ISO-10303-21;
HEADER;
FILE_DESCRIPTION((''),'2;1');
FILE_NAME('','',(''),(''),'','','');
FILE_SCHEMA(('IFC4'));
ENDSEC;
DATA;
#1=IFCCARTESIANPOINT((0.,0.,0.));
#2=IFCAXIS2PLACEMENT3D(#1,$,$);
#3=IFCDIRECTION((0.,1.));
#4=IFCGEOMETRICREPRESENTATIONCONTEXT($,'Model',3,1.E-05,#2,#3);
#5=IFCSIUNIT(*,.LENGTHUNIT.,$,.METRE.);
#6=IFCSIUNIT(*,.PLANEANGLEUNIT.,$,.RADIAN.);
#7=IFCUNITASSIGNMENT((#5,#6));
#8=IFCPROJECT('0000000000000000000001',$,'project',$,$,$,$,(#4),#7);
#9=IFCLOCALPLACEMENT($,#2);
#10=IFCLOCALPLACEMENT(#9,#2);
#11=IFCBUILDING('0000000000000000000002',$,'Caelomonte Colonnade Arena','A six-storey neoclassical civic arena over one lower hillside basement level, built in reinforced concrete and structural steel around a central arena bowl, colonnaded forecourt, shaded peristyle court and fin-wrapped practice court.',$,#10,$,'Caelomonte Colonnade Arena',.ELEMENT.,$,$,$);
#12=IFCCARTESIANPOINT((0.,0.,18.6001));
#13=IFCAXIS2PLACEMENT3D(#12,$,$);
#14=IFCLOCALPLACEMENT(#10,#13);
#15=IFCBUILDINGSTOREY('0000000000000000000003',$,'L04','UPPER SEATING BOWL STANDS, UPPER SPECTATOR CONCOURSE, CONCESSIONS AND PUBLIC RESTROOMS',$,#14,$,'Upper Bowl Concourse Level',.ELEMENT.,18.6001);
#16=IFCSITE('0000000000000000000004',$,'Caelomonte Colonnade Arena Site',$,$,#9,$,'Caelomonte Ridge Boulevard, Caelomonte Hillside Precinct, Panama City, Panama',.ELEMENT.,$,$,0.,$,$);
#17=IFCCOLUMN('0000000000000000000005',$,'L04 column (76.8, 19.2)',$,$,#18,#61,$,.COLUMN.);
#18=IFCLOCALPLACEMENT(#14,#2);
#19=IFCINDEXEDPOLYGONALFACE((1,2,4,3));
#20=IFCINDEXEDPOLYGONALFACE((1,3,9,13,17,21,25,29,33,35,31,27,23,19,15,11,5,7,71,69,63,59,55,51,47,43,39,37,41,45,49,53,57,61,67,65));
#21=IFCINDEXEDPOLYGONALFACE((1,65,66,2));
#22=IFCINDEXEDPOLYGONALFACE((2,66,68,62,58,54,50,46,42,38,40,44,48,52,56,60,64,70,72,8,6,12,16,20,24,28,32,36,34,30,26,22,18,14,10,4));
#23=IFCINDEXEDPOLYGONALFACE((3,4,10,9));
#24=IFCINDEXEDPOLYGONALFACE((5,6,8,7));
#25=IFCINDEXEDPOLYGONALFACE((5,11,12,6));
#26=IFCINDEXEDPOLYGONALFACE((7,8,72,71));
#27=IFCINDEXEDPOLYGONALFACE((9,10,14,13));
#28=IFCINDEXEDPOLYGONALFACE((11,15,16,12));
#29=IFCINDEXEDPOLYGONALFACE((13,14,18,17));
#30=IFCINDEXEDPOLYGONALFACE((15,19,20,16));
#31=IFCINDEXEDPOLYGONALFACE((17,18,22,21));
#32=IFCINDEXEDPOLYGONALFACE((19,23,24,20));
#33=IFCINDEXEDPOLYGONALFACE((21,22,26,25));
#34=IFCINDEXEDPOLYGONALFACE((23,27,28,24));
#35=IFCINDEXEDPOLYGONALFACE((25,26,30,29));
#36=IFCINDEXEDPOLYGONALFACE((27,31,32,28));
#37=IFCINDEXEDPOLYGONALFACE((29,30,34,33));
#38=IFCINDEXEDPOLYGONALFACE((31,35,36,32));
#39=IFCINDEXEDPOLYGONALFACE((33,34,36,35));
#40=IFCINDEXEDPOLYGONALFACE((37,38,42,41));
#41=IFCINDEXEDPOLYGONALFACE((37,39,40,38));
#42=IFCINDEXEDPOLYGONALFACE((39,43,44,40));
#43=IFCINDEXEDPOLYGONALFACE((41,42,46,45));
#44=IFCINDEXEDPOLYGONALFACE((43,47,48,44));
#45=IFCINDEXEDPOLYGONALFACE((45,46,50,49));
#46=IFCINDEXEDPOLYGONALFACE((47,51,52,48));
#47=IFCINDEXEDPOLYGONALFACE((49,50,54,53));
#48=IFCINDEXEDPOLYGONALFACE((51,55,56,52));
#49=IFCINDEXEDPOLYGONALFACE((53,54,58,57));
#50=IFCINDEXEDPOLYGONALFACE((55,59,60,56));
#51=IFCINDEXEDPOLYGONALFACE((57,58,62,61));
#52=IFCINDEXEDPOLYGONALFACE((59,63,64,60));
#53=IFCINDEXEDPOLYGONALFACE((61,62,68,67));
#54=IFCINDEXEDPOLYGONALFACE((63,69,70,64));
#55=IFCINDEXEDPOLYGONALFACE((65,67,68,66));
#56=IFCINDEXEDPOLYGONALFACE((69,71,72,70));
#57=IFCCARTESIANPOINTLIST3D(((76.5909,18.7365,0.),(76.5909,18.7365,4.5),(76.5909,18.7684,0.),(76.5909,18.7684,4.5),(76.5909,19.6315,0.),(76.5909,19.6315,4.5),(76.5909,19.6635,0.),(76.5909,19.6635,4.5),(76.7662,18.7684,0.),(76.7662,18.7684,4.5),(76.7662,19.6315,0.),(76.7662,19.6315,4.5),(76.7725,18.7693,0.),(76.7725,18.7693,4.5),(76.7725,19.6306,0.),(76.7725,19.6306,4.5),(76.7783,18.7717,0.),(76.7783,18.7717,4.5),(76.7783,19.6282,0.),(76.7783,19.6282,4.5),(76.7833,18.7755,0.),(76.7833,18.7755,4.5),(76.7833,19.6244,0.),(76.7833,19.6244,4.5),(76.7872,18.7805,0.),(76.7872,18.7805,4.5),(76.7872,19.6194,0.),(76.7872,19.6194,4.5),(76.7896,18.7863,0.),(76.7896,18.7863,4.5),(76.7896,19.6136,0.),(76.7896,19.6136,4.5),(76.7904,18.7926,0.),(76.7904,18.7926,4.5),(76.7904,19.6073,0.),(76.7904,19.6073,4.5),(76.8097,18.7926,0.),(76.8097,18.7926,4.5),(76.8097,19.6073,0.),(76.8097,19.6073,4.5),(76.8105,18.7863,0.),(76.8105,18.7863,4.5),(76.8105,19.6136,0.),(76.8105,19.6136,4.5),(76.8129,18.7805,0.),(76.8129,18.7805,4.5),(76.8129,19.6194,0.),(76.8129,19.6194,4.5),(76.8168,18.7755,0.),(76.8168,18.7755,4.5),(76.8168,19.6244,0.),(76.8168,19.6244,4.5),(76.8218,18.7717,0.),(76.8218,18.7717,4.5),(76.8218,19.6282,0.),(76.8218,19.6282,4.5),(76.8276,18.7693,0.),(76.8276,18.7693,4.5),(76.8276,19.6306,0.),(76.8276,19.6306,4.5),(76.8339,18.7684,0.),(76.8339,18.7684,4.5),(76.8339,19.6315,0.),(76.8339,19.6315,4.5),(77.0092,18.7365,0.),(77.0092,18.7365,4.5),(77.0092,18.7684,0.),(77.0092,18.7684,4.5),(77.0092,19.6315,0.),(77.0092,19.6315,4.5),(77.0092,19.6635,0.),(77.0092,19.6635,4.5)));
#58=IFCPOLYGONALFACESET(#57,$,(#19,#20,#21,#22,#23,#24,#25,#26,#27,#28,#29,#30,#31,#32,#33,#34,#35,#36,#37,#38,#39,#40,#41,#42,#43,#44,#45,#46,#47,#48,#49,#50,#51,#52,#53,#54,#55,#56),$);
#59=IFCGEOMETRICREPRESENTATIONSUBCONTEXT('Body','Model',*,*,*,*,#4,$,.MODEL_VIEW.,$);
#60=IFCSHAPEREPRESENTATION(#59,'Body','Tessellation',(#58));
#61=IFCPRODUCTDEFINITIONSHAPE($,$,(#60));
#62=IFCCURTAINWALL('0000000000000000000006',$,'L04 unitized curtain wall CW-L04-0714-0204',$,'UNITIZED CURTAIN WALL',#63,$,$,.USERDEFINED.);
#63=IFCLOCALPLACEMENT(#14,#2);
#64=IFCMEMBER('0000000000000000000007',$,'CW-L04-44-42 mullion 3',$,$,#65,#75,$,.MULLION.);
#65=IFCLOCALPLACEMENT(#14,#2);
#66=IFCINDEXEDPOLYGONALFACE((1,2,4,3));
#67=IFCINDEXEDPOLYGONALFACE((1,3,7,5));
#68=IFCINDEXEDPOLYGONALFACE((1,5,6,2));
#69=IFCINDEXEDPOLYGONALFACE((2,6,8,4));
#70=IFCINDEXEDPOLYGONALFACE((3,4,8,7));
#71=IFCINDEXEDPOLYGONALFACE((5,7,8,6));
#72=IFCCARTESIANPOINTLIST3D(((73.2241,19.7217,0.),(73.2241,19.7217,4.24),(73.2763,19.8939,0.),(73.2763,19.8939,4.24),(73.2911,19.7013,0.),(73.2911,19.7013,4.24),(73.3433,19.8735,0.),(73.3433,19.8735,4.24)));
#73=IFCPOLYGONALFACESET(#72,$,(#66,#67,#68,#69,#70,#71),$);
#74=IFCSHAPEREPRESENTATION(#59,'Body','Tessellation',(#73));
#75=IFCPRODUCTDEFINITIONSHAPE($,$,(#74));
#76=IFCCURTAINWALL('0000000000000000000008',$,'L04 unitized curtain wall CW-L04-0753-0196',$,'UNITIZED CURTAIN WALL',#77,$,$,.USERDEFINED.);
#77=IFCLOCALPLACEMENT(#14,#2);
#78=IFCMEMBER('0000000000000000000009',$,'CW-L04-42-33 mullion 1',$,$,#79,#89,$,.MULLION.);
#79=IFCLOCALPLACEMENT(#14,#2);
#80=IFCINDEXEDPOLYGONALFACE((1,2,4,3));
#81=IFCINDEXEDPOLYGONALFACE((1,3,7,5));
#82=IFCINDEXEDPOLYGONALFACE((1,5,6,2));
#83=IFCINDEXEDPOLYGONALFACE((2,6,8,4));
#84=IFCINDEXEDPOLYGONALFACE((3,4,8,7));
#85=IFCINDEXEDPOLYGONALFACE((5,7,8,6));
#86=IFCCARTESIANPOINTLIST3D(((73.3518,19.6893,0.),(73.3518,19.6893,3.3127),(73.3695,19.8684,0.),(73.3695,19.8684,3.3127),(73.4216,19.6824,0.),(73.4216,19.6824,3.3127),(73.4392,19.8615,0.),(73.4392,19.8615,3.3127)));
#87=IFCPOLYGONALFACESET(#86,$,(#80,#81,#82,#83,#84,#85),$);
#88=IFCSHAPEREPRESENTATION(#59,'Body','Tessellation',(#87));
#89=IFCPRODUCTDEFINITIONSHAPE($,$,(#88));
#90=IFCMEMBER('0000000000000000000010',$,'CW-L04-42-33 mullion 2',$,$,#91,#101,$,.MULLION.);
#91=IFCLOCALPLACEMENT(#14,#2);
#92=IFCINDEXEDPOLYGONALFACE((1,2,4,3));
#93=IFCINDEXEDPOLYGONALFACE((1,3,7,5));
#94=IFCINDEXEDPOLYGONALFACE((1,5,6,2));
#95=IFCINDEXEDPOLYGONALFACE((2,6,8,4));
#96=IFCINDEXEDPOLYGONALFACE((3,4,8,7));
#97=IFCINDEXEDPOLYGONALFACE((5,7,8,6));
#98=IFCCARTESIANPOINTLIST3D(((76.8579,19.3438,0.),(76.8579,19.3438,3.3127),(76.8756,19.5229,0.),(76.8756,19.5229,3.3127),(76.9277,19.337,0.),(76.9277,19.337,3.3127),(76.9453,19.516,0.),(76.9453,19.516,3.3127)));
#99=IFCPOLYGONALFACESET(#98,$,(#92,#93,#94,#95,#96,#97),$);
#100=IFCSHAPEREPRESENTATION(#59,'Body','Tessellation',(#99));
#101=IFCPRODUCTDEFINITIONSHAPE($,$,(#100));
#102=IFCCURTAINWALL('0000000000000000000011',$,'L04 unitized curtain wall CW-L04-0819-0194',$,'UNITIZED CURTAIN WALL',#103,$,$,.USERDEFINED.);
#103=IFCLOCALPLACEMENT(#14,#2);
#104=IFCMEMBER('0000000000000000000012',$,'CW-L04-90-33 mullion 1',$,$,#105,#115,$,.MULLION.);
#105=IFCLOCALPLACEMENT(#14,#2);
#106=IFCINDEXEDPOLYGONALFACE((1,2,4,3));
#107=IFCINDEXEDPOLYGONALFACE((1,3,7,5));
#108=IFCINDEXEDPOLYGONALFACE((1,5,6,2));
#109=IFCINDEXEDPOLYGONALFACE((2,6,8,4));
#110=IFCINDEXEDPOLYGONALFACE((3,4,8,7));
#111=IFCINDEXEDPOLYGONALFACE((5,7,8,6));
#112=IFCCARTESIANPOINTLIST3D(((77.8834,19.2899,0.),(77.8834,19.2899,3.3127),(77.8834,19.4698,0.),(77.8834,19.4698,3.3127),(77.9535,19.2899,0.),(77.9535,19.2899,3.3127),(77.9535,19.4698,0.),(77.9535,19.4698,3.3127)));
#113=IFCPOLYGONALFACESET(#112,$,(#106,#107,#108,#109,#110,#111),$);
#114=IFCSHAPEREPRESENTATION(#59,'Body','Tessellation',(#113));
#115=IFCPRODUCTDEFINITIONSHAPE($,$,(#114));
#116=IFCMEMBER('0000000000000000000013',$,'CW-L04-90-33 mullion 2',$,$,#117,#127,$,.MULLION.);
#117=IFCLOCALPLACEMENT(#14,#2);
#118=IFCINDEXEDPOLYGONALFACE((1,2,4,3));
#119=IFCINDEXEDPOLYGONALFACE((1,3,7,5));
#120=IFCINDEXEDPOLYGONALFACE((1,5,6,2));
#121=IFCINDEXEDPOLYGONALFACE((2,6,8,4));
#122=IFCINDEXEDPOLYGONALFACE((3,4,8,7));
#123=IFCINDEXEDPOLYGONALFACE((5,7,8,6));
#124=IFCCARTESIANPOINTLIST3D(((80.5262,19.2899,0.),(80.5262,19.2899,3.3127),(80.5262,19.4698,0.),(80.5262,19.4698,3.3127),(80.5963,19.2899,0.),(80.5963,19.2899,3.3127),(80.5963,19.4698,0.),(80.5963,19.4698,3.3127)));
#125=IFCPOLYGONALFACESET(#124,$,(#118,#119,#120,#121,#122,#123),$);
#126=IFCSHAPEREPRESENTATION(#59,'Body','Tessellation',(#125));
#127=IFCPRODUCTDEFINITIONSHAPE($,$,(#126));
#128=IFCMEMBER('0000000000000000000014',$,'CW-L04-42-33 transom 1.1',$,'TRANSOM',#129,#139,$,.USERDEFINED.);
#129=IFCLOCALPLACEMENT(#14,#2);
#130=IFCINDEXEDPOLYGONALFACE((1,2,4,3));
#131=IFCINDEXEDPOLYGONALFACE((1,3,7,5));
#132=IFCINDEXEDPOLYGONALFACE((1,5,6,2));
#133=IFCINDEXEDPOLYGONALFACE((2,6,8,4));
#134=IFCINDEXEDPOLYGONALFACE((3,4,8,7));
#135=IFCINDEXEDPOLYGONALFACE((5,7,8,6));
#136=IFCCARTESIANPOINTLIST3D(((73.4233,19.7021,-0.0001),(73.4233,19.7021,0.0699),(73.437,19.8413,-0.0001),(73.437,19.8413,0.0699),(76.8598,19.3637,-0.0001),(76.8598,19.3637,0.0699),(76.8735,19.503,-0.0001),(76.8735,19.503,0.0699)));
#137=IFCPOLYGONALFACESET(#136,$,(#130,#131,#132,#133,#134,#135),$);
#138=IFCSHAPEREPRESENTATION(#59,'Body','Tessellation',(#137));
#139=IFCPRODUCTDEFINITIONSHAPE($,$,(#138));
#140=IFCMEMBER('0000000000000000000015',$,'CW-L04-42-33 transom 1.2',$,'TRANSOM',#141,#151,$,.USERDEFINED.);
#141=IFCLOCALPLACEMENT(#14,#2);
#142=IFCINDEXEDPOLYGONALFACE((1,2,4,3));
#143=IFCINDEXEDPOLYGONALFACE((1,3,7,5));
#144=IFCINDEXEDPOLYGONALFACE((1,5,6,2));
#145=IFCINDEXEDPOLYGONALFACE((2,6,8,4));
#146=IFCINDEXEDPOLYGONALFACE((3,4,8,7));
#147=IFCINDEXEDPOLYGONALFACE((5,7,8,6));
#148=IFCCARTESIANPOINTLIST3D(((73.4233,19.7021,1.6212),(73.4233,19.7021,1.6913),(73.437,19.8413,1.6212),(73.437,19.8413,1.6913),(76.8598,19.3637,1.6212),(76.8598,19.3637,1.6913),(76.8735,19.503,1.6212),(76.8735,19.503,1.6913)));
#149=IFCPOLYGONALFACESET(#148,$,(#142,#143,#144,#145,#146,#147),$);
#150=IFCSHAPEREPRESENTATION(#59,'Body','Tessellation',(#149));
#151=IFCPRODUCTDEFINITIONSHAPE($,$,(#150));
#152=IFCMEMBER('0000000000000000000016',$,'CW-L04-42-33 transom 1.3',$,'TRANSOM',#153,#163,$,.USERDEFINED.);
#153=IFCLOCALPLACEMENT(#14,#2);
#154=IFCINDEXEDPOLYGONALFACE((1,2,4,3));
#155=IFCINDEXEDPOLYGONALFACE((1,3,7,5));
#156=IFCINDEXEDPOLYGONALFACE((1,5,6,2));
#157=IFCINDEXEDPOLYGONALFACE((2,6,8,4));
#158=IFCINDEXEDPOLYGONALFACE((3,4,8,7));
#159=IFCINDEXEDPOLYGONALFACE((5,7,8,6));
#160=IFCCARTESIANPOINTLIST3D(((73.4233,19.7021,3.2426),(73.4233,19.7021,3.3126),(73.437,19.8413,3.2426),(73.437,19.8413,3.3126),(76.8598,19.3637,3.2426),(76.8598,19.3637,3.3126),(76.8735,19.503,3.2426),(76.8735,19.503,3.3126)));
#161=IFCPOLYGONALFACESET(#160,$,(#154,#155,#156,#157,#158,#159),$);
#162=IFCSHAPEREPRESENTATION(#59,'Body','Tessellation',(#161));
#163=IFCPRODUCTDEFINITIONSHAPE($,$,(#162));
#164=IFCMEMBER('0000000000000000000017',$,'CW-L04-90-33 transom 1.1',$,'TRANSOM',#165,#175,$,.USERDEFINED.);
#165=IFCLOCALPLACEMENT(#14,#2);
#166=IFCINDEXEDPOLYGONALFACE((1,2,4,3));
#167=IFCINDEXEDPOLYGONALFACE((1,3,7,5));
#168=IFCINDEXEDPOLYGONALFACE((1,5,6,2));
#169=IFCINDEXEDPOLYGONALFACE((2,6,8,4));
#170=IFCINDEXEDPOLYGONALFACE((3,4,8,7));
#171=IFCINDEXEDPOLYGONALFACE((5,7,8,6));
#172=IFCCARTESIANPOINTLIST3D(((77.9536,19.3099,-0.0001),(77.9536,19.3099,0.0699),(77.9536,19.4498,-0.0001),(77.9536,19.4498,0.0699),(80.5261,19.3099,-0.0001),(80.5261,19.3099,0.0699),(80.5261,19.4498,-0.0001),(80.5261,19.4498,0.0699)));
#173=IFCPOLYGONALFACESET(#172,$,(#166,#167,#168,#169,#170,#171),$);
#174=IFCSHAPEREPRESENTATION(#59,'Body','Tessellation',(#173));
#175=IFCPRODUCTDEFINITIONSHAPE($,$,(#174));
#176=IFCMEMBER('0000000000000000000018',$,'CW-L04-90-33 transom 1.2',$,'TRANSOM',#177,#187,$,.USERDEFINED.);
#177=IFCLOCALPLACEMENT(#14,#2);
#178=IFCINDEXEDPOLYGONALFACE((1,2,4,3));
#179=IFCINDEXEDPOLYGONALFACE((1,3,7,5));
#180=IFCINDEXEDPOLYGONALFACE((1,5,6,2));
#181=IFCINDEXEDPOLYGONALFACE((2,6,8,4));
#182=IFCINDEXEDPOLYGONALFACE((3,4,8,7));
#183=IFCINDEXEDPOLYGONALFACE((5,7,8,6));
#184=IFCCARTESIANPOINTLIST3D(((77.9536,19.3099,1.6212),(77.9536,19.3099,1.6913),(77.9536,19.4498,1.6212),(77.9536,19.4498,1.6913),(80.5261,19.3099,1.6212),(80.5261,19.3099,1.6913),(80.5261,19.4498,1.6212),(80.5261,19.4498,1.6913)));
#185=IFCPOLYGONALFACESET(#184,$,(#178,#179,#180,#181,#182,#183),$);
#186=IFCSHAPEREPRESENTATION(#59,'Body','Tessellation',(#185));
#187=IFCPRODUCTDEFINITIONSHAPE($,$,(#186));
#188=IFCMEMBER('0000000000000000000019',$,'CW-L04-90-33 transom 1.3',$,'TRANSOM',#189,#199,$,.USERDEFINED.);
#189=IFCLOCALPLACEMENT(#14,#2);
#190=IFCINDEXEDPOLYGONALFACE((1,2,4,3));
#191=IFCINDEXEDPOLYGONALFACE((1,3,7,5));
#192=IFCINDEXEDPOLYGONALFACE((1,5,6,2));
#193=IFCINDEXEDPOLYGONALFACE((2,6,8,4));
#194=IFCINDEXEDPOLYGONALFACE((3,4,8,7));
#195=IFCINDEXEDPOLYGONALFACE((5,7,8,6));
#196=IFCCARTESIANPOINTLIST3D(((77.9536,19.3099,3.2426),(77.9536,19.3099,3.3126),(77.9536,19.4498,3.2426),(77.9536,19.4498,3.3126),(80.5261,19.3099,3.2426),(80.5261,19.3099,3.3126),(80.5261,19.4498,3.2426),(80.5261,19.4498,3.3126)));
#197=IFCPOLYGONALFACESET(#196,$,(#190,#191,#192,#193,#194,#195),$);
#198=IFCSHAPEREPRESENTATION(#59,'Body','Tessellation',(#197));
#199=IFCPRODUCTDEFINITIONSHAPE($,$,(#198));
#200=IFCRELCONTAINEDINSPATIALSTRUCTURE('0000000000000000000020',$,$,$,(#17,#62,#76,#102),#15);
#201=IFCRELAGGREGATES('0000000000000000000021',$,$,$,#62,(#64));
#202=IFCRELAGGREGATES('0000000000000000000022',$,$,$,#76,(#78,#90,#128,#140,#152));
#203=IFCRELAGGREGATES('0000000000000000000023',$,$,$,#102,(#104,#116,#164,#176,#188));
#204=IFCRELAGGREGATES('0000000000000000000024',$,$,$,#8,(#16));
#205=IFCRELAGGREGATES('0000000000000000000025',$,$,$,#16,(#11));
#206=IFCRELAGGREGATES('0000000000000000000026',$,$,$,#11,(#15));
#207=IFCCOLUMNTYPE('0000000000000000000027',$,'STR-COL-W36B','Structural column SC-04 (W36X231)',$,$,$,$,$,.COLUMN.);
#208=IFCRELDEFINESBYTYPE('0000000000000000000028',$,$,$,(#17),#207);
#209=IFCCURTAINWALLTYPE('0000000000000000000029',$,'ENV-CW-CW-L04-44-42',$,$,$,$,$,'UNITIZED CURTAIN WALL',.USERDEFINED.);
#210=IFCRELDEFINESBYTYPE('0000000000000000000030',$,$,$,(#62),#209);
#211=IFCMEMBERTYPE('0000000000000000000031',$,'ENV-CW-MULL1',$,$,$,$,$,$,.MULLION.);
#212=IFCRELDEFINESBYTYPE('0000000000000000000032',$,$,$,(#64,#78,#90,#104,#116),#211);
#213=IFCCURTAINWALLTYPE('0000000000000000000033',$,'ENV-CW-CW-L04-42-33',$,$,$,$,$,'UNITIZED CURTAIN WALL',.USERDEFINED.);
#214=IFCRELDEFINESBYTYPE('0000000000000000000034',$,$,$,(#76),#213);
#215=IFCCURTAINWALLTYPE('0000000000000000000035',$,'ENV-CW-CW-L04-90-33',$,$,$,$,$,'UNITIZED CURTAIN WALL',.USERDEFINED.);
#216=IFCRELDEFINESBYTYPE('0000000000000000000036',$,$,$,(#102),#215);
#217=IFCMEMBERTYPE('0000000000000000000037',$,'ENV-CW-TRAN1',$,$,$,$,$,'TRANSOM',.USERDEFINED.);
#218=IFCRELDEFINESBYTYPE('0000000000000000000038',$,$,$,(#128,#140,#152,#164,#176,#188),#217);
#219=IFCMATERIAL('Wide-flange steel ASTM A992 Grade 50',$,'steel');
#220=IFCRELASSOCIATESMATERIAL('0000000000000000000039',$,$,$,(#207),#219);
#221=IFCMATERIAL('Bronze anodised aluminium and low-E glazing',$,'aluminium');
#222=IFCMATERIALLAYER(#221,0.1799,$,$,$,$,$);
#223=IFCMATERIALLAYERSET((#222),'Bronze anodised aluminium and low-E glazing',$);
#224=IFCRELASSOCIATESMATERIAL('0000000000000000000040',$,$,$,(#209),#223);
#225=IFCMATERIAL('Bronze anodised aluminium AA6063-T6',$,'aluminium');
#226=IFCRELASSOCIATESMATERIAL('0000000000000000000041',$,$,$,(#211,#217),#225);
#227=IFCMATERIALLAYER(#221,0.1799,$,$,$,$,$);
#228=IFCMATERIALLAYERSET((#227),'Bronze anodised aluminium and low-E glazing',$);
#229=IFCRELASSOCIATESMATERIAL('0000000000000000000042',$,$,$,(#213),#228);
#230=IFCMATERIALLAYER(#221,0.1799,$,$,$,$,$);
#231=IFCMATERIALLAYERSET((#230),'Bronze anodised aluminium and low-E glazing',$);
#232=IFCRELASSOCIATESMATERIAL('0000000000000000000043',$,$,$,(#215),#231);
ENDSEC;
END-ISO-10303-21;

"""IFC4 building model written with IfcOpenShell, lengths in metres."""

from ifc_helpers import new_model, si_unit, direction, frame, origin, origin_2d, place, context, subcontext, project, spatial, rectangle, i_section, extrude, material, layer, layer_set, material_profile, profile_set, type_object, element, aggregate, save


model = new_model("IFC4")

# Units and contexts
model_context = context("Model", 3, precision=1e-05, world=origin(), true_north=direction((0.0, 1.0)))
body_context = subcontext(model_context, "Body", "Model", "MODEL_VIEW")
ifc_project = project(units=[si_unit("LENGTHUNIT", "METRE"), si_unit("PLANEANGLEUNIT", "RADIAN")], contexts=[model_context])

# Site, building, storey
site_placement = place(None, origin())
site = spatial("IfcSite", under=ifc_project, at=site_placement, Name="Caelomonte Colonnade Arena Site", LongName="Caelomonte Ridge Boulevard, Caelomonte Hillside Precinct, Panama City, Panama", CompositionType="ELEMENT", RefElevation=0.0)
building_placement = place(site_placement, origin())
building = spatial("IfcBuilding", under=site, at=building_placement, Name="Caelomonte Colonnade Arena", Description="A six-storey neoclassical civic arena over one lower hillside basement level, built in reinforced concrete and structural steel around a central arena bowl, colonnaded forecourt, shaded peristyle court and fin-wrapped practice court.", LongName="Caelomonte Colonnade Arena", CompositionType="ELEMENT")
storey_placement = place(building_placement, frame((0.0, 0.0, 18.6001)))
storey = spatial("IfcBuildingStorey", under=building, at=storey_placement, Name="L04", Description="UPPER SEATING BOWL STANDS, UPPER SPECTATOR CONCOURSE, CONCESSIONS AND PUBLIC RESTROOMS", LongName="Upper Bowl Concourse Level", CompositionType="ELEMENT", Elevation=18.6001)

# Column
ifc_material_1 = material(Name="Wide-flange steel ASTM A992 Grade 50", Category="steel")
ifc_material_profile_1 = material_profile(ifc_material_1, i_section(OverallWidth=0.4182, OverallDepth=0.927, WebThickness=0.0193, FlangeThickness=0.032, FilletRadius=0.0242, at=origin_2d()), Name="W36X231")
ifc_profile_set_1 = profile_set([ifc_material_profile_1], Name="Wide-flange steel ASTM A992 Grade 50")
column_type = type_object("IfcColumnType", Name="STR-COL-W36B", Description="Structural column SC-04 (W36X231)", PredefinedType="COLUMN", material=ifc_profile_set_1)
column_placement = place(storey_placement, frame((76.8, 19.2, 0.0), z_axis=(0.0, 0.0, 1.0), x_axis=(1.0, 0.0, 0.0)))
element("IfcColumn", 1, at=column_placement, inside=storey, type_object=column_type, Name="L04 column (76.8, 19.2)", PredefinedType="COLUMN", context=body_context, shape_type="SweptSolid", body=[
    extrude(i_section(OverallWidth=0.4182, OverallDepth=0.927, WebThickness=0.0193, FlangeThickness=0.032, FilletRadius=0.0242, at=origin_2d()), origin(), (0.0, 0.0, 1.0), 4.5),
])

# Curtain wall, member
ifc_material_2 = material(Name="Bronze anodised aluminium and low-E glazing", Category="aluminium")
ifc_layer_1 = layer(ifc_material_2, 0.1799)
ifc_layer_set_1 = layer_set([ifc_layer_1], Name="Bronze anodised aluminium and low-E glazing")
curtain_wall_type_1 = type_object("IfcCurtainWallType", Name="ENV-CW-CW-L04-44-42", ElementType="UNITIZED CURTAIN WALL", PredefinedType="USERDEFINED", material=ifc_layer_set_1)
curtain_wall_1_placement = place(storey_placement, origin())
curtain_wall_1 = element("IfcCurtainWall", 2, at=curtain_wall_1_placement, inside=storey, type_object=curtain_wall_type_1, Name="L04 unitized curtain wall CW-L04-0714-0204", ObjectType="UNITIZED CURTAIN WALL", PredefinedType="USERDEFINED")
ifc_material_3 = material(Name="Bronze anodised aluminium AA6063-T6", Category="aluminium")
ifc_material_profile_2 = material_profile(ifc_material_3, rectangle(XDim=0.0701, YDim=0.1799, at=origin_2d()), Name="CWM-70X180")
ifc_profile_set_2 = profile_set([ifc_material_profile_2], Name="Bronze anodised aluminium AA6063-T6")
member_type_1 = type_object("IfcMemberType", Name="ENV-CW-MULL1", PredefinedType="MULLION", material=ifc_profile_set_2)
member_1_placement = place(storey_placement, frame((73.2837, 19.7976, 0.0), z_axis=(0.0, 0.0, 1.0), x_axis=(0.956949, -0.290256, 0.0)))
member_1 = element("IfcMember", 3, at=member_1_placement, type_object=member_type_1, Name="CW-L04-44-42 mullion 3", PredefinedType="MULLION", context=body_context, shape_type="SweptSolid", body=[
    extrude(rectangle(XDim=0.0701, YDim=0.1799, at=origin_2d()), origin(), (0.0, 0.0, 1.0), 4.24),
])
aggregate(curtain_wall_1, [member_1])

# Curtain walls, members
ifc_layer_2 = layer(ifc_material_2, 0.1799)
ifc_layer_set_2 = layer_set([ifc_layer_2], Name="Bronze anodised aluminium and low-E glazing")
curtain_wall_type_2 = type_object("IfcCurtainWallType", Name="ENV-CW-CW-L04-42-33", ElementType="UNITIZED CURTAIN WALL", PredefinedType="USERDEFINED", material=ifc_layer_set_2)
curtain_wall_2_placement = place(storey_placement, origin())
curtain_wall_2 = element("IfcCurtainWall", 4, at=curtain_wall_2_placement, inside=storey, type_object=curtain_wall_type_2, Name="L04 unitized curtain wall CW-L04-0753-0196", ObjectType="UNITIZED CURTAIN WALL", PredefinedType="USERDEFINED")
member_2_placement = place(storey_placement, frame((73.3955, 19.7754, 0.0), z_axis=(0.0, 0.0, 1.0), x_axis=(0.995184, -0.098021, 0.0)))
member_2 = element("IfcMember", 5, at=member_2_placement, type_object=member_type_1, Name="CW-L04-42-33 mullion 1", PredefinedType="MULLION", context=body_context, shape_type="SweptSolid", body=[
    extrude(rectangle(XDim=0.0701, YDim=0.1799, at=origin_2d()), origin(), (0.0, 0.0, 1.0), 3.3127),
])
member_3_placement = place(storey_placement, frame((76.9016, 19.4299, 0.0), z_axis=(0.0, 0.0, 1.0), x_axis=(0.995184, -0.098021, 0.0)))
member_3 = element("IfcMember", 6, at=member_3_placement, type_object=member_type_1, Name="CW-L04-42-33 mullion 2", PredefinedType="MULLION", context=body_context, shape_type="SweptSolid", body=[
    extrude(rectangle(XDim=0.0701, YDim=0.1799, at=origin_2d()), origin(), (0.0, 0.0, 1.0), 3.3127),
])
ifc_layer_3 = layer(ifc_material_2, 0.1799)
ifc_layer_set_3 = layer_set([ifc_layer_3], Name="Bronze anodised aluminium and low-E glazing")
curtain_wall_type_3 = type_object("IfcCurtainWallType", Name="ENV-CW-CW-L04-90-33", ElementType="UNITIZED CURTAIN WALL", PredefinedType="USERDEFINED", material=ifc_layer_set_3)
curtain_wall_3_placement = place(storey_placement, origin())
curtain_wall_3 = element("IfcCurtainWall", 7, at=curtain_wall_3_placement, inside=storey, type_object=curtain_wall_type_3, Name="L04 unitized curtain wall CW-L04-0819-0194", ObjectType="UNITIZED CURTAIN WALL", PredefinedType="USERDEFINED")
member_4_placement = place(storey_placement, frame((77.9185, 19.3799, 0.0), z_axis=(0.0, 0.0, 1.0), x_axis=(1.0, 0.0, 0.0)))
member_4 = element("IfcMember", 8, at=member_4_placement, type_object=member_type_1, Name="CW-L04-90-33 mullion 1", PredefinedType="MULLION", context=body_context, shape_type="SweptSolid", body=[
    extrude(rectangle(XDim=0.0701, YDim=0.1799, at=origin_2d()), origin(), (0.0, 0.0, 1.0), 3.3127),
])
member_5_placement = place(storey_placement, frame((80.5613, 19.3799, 0.0), z_axis=(0.0, 0.0, 1.0), x_axis=(1.0, 0.0, 0.0)))
member_5 = element("IfcMember", 9, at=member_5_placement, type_object=member_type_1, Name="CW-L04-90-33 mullion 2", PredefinedType="MULLION", context=body_context, shape_type="SweptSolid", body=[
    extrude(rectangle(XDim=0.0701, YDim=0.1799, at=origin_2d()), origin(), (0.0, 0.0, 1.0), 3.3127),
])

# Members
ifc_material_profile_3 = material_profile(ifc_material_3, rectangle(XDim=0.0701, YDim=0.1399, at=origin_2d()), Name="CWT-70X140")
ifc_profile_set_3 = profile_set([ifc_material_profile_3], Name="Bronze anodised aluminium AA6063-T6")
member_type_2 = type_object("IfcMemberType", Name="ENV-CW-TRAN1", ElementType="TRANSOM", PredefinedType="USERDEFINED", material=ifc_profile_set_3)
member_6_placement = place(storey_placement, frame((73.4302, 19.7717, 0.0349), z_axis=(0.995187, -0.097992, 0.0), x_axis=(0.0, 0.0, 1.0)))
member_6 = element("IfcMember", 10, at=member_6_placement, type_object=member_type_2, Name="CW-L04-42-33 transom 1.1", ObjectType="TRANSOM", PredefinedType="USERDEFINED", context=body_context, shape_type="SweptSolid", body=[
    extrude(rectangle(XDim=0.0701, YDim=0.1399, at=origin_2d()), origin(), (0.0, 0.0, 1.0), 3.4531),
])
member_7_placement = place(storey_placement, frame((73.4302, 19.7717, 1.6562), z_axis=(0.995187, -0.097992, 0.0), x_axis=(0.0, 0.0, 1.0)))
member_7 = element("IfcMember", 11, at=member_7_placement, type_object=member_type_2, Name="CW-L04-42-33 transom 1.2", ObjectType="TRANSOM", PredefinedType="USERDEFINED", context=body_context, shape_type="SweptSolid", body=[
    extrude(rectangle(XDim=0.0701, YDim=0.1399, at=origin_2d()), origin(), (0.0, 0.0, 1.0), 3.4531),
])
member_8_placement = place(storey_placement, frame((73.4302, 19.7717, 3.2776), z_axis=(0.995187, -0.097992, 0.0), x_axis=(0.0, 0.0, 1.0)))
member_8 = element("IfcMember", 12, at=member_8_placement, type_object=member_type_2, Name="CW-L04-42-33 transom 1.3", ObjectType="TRANSOM", PredefinedType="USERDEFINED", context=body_context, shape_type="SweptSolid", body=[
    extrude(rectangle(XDim=0.0701, YDim=0.1399, at=origin_2d()), origin(), (0.0, 0.0, 1.0), 3.4531),
])
member_9_placement = place(storey_placement, frame((77.9536, 19.3799, 0.0349), z_axis=(1.0, 0.0, 0.0), x_axis=(0.0, 0.0, 1.0)))
member_9 = element("IfcMember", 13, at=member_9_placement, type_object=member_type_2, Name="CW-L04-90-33 transom 1.1", ObjectType="TRANSOM", PredefinedType="USERDEFINED", context=body_context, shape_type="SweptSolid", body=[
    extrude(rectangle(XDim=0.0701, YDim=0.1399, at=origin_2d()), origin(), (0.0, 0.0, 1.0), 2.5725),
])
member_10_placement = place(storey_placement, frame((77.9536, 19.3799, 1.6562), z_axis=(1.0, 0.0, 0.0), x_axis=(0.0, 0.0, 1.0)))
member_10 = element("IfcMember", 14, at=member_10_placement, type_object=member_type_2, Name="CW-L04-90-33 transom 1.2", ObjectType="TRANSOM", PredefinedType="USERDEFINED", context=body_context, shape_type="SweptSolid", body=[
    extrude(rectangle(XDim=0.0701, YDim=0.1399, at=origin_2d()), origin(), (0.0, 0.0, 1.0), 2.5725),
])
member_11_placement = place(storey_placement, frame((77.9536, 19.3799, 3.2776), z_axis=(1.0, 0.0, 0.0), x_axis=(0.0, 0.0, 1.0)))
member_11 = element("IfcMember", 15, at=member_11_placement, type_object=member_type_2, Name="CW-L04-90-33 transom 1.3", ObjectType="TRANSOM", PredefinedType="USERDEFINED", context=body_context, shape_type="SweptSolid", body=[
    extrude(rectangle(XDim=0.0701, YDim=0.1399, at=origin_2d()), origin(), (0.0, 0.0, 1.0), 2.5725),
])

aggregate(curtain_wall_2, [member_2, member_3, member_6, member_7, member_8])
aggregate(curtain_wall_3, [member_4, member_5, member_9, member_10, member_11])

save(model, "model.ifc")
